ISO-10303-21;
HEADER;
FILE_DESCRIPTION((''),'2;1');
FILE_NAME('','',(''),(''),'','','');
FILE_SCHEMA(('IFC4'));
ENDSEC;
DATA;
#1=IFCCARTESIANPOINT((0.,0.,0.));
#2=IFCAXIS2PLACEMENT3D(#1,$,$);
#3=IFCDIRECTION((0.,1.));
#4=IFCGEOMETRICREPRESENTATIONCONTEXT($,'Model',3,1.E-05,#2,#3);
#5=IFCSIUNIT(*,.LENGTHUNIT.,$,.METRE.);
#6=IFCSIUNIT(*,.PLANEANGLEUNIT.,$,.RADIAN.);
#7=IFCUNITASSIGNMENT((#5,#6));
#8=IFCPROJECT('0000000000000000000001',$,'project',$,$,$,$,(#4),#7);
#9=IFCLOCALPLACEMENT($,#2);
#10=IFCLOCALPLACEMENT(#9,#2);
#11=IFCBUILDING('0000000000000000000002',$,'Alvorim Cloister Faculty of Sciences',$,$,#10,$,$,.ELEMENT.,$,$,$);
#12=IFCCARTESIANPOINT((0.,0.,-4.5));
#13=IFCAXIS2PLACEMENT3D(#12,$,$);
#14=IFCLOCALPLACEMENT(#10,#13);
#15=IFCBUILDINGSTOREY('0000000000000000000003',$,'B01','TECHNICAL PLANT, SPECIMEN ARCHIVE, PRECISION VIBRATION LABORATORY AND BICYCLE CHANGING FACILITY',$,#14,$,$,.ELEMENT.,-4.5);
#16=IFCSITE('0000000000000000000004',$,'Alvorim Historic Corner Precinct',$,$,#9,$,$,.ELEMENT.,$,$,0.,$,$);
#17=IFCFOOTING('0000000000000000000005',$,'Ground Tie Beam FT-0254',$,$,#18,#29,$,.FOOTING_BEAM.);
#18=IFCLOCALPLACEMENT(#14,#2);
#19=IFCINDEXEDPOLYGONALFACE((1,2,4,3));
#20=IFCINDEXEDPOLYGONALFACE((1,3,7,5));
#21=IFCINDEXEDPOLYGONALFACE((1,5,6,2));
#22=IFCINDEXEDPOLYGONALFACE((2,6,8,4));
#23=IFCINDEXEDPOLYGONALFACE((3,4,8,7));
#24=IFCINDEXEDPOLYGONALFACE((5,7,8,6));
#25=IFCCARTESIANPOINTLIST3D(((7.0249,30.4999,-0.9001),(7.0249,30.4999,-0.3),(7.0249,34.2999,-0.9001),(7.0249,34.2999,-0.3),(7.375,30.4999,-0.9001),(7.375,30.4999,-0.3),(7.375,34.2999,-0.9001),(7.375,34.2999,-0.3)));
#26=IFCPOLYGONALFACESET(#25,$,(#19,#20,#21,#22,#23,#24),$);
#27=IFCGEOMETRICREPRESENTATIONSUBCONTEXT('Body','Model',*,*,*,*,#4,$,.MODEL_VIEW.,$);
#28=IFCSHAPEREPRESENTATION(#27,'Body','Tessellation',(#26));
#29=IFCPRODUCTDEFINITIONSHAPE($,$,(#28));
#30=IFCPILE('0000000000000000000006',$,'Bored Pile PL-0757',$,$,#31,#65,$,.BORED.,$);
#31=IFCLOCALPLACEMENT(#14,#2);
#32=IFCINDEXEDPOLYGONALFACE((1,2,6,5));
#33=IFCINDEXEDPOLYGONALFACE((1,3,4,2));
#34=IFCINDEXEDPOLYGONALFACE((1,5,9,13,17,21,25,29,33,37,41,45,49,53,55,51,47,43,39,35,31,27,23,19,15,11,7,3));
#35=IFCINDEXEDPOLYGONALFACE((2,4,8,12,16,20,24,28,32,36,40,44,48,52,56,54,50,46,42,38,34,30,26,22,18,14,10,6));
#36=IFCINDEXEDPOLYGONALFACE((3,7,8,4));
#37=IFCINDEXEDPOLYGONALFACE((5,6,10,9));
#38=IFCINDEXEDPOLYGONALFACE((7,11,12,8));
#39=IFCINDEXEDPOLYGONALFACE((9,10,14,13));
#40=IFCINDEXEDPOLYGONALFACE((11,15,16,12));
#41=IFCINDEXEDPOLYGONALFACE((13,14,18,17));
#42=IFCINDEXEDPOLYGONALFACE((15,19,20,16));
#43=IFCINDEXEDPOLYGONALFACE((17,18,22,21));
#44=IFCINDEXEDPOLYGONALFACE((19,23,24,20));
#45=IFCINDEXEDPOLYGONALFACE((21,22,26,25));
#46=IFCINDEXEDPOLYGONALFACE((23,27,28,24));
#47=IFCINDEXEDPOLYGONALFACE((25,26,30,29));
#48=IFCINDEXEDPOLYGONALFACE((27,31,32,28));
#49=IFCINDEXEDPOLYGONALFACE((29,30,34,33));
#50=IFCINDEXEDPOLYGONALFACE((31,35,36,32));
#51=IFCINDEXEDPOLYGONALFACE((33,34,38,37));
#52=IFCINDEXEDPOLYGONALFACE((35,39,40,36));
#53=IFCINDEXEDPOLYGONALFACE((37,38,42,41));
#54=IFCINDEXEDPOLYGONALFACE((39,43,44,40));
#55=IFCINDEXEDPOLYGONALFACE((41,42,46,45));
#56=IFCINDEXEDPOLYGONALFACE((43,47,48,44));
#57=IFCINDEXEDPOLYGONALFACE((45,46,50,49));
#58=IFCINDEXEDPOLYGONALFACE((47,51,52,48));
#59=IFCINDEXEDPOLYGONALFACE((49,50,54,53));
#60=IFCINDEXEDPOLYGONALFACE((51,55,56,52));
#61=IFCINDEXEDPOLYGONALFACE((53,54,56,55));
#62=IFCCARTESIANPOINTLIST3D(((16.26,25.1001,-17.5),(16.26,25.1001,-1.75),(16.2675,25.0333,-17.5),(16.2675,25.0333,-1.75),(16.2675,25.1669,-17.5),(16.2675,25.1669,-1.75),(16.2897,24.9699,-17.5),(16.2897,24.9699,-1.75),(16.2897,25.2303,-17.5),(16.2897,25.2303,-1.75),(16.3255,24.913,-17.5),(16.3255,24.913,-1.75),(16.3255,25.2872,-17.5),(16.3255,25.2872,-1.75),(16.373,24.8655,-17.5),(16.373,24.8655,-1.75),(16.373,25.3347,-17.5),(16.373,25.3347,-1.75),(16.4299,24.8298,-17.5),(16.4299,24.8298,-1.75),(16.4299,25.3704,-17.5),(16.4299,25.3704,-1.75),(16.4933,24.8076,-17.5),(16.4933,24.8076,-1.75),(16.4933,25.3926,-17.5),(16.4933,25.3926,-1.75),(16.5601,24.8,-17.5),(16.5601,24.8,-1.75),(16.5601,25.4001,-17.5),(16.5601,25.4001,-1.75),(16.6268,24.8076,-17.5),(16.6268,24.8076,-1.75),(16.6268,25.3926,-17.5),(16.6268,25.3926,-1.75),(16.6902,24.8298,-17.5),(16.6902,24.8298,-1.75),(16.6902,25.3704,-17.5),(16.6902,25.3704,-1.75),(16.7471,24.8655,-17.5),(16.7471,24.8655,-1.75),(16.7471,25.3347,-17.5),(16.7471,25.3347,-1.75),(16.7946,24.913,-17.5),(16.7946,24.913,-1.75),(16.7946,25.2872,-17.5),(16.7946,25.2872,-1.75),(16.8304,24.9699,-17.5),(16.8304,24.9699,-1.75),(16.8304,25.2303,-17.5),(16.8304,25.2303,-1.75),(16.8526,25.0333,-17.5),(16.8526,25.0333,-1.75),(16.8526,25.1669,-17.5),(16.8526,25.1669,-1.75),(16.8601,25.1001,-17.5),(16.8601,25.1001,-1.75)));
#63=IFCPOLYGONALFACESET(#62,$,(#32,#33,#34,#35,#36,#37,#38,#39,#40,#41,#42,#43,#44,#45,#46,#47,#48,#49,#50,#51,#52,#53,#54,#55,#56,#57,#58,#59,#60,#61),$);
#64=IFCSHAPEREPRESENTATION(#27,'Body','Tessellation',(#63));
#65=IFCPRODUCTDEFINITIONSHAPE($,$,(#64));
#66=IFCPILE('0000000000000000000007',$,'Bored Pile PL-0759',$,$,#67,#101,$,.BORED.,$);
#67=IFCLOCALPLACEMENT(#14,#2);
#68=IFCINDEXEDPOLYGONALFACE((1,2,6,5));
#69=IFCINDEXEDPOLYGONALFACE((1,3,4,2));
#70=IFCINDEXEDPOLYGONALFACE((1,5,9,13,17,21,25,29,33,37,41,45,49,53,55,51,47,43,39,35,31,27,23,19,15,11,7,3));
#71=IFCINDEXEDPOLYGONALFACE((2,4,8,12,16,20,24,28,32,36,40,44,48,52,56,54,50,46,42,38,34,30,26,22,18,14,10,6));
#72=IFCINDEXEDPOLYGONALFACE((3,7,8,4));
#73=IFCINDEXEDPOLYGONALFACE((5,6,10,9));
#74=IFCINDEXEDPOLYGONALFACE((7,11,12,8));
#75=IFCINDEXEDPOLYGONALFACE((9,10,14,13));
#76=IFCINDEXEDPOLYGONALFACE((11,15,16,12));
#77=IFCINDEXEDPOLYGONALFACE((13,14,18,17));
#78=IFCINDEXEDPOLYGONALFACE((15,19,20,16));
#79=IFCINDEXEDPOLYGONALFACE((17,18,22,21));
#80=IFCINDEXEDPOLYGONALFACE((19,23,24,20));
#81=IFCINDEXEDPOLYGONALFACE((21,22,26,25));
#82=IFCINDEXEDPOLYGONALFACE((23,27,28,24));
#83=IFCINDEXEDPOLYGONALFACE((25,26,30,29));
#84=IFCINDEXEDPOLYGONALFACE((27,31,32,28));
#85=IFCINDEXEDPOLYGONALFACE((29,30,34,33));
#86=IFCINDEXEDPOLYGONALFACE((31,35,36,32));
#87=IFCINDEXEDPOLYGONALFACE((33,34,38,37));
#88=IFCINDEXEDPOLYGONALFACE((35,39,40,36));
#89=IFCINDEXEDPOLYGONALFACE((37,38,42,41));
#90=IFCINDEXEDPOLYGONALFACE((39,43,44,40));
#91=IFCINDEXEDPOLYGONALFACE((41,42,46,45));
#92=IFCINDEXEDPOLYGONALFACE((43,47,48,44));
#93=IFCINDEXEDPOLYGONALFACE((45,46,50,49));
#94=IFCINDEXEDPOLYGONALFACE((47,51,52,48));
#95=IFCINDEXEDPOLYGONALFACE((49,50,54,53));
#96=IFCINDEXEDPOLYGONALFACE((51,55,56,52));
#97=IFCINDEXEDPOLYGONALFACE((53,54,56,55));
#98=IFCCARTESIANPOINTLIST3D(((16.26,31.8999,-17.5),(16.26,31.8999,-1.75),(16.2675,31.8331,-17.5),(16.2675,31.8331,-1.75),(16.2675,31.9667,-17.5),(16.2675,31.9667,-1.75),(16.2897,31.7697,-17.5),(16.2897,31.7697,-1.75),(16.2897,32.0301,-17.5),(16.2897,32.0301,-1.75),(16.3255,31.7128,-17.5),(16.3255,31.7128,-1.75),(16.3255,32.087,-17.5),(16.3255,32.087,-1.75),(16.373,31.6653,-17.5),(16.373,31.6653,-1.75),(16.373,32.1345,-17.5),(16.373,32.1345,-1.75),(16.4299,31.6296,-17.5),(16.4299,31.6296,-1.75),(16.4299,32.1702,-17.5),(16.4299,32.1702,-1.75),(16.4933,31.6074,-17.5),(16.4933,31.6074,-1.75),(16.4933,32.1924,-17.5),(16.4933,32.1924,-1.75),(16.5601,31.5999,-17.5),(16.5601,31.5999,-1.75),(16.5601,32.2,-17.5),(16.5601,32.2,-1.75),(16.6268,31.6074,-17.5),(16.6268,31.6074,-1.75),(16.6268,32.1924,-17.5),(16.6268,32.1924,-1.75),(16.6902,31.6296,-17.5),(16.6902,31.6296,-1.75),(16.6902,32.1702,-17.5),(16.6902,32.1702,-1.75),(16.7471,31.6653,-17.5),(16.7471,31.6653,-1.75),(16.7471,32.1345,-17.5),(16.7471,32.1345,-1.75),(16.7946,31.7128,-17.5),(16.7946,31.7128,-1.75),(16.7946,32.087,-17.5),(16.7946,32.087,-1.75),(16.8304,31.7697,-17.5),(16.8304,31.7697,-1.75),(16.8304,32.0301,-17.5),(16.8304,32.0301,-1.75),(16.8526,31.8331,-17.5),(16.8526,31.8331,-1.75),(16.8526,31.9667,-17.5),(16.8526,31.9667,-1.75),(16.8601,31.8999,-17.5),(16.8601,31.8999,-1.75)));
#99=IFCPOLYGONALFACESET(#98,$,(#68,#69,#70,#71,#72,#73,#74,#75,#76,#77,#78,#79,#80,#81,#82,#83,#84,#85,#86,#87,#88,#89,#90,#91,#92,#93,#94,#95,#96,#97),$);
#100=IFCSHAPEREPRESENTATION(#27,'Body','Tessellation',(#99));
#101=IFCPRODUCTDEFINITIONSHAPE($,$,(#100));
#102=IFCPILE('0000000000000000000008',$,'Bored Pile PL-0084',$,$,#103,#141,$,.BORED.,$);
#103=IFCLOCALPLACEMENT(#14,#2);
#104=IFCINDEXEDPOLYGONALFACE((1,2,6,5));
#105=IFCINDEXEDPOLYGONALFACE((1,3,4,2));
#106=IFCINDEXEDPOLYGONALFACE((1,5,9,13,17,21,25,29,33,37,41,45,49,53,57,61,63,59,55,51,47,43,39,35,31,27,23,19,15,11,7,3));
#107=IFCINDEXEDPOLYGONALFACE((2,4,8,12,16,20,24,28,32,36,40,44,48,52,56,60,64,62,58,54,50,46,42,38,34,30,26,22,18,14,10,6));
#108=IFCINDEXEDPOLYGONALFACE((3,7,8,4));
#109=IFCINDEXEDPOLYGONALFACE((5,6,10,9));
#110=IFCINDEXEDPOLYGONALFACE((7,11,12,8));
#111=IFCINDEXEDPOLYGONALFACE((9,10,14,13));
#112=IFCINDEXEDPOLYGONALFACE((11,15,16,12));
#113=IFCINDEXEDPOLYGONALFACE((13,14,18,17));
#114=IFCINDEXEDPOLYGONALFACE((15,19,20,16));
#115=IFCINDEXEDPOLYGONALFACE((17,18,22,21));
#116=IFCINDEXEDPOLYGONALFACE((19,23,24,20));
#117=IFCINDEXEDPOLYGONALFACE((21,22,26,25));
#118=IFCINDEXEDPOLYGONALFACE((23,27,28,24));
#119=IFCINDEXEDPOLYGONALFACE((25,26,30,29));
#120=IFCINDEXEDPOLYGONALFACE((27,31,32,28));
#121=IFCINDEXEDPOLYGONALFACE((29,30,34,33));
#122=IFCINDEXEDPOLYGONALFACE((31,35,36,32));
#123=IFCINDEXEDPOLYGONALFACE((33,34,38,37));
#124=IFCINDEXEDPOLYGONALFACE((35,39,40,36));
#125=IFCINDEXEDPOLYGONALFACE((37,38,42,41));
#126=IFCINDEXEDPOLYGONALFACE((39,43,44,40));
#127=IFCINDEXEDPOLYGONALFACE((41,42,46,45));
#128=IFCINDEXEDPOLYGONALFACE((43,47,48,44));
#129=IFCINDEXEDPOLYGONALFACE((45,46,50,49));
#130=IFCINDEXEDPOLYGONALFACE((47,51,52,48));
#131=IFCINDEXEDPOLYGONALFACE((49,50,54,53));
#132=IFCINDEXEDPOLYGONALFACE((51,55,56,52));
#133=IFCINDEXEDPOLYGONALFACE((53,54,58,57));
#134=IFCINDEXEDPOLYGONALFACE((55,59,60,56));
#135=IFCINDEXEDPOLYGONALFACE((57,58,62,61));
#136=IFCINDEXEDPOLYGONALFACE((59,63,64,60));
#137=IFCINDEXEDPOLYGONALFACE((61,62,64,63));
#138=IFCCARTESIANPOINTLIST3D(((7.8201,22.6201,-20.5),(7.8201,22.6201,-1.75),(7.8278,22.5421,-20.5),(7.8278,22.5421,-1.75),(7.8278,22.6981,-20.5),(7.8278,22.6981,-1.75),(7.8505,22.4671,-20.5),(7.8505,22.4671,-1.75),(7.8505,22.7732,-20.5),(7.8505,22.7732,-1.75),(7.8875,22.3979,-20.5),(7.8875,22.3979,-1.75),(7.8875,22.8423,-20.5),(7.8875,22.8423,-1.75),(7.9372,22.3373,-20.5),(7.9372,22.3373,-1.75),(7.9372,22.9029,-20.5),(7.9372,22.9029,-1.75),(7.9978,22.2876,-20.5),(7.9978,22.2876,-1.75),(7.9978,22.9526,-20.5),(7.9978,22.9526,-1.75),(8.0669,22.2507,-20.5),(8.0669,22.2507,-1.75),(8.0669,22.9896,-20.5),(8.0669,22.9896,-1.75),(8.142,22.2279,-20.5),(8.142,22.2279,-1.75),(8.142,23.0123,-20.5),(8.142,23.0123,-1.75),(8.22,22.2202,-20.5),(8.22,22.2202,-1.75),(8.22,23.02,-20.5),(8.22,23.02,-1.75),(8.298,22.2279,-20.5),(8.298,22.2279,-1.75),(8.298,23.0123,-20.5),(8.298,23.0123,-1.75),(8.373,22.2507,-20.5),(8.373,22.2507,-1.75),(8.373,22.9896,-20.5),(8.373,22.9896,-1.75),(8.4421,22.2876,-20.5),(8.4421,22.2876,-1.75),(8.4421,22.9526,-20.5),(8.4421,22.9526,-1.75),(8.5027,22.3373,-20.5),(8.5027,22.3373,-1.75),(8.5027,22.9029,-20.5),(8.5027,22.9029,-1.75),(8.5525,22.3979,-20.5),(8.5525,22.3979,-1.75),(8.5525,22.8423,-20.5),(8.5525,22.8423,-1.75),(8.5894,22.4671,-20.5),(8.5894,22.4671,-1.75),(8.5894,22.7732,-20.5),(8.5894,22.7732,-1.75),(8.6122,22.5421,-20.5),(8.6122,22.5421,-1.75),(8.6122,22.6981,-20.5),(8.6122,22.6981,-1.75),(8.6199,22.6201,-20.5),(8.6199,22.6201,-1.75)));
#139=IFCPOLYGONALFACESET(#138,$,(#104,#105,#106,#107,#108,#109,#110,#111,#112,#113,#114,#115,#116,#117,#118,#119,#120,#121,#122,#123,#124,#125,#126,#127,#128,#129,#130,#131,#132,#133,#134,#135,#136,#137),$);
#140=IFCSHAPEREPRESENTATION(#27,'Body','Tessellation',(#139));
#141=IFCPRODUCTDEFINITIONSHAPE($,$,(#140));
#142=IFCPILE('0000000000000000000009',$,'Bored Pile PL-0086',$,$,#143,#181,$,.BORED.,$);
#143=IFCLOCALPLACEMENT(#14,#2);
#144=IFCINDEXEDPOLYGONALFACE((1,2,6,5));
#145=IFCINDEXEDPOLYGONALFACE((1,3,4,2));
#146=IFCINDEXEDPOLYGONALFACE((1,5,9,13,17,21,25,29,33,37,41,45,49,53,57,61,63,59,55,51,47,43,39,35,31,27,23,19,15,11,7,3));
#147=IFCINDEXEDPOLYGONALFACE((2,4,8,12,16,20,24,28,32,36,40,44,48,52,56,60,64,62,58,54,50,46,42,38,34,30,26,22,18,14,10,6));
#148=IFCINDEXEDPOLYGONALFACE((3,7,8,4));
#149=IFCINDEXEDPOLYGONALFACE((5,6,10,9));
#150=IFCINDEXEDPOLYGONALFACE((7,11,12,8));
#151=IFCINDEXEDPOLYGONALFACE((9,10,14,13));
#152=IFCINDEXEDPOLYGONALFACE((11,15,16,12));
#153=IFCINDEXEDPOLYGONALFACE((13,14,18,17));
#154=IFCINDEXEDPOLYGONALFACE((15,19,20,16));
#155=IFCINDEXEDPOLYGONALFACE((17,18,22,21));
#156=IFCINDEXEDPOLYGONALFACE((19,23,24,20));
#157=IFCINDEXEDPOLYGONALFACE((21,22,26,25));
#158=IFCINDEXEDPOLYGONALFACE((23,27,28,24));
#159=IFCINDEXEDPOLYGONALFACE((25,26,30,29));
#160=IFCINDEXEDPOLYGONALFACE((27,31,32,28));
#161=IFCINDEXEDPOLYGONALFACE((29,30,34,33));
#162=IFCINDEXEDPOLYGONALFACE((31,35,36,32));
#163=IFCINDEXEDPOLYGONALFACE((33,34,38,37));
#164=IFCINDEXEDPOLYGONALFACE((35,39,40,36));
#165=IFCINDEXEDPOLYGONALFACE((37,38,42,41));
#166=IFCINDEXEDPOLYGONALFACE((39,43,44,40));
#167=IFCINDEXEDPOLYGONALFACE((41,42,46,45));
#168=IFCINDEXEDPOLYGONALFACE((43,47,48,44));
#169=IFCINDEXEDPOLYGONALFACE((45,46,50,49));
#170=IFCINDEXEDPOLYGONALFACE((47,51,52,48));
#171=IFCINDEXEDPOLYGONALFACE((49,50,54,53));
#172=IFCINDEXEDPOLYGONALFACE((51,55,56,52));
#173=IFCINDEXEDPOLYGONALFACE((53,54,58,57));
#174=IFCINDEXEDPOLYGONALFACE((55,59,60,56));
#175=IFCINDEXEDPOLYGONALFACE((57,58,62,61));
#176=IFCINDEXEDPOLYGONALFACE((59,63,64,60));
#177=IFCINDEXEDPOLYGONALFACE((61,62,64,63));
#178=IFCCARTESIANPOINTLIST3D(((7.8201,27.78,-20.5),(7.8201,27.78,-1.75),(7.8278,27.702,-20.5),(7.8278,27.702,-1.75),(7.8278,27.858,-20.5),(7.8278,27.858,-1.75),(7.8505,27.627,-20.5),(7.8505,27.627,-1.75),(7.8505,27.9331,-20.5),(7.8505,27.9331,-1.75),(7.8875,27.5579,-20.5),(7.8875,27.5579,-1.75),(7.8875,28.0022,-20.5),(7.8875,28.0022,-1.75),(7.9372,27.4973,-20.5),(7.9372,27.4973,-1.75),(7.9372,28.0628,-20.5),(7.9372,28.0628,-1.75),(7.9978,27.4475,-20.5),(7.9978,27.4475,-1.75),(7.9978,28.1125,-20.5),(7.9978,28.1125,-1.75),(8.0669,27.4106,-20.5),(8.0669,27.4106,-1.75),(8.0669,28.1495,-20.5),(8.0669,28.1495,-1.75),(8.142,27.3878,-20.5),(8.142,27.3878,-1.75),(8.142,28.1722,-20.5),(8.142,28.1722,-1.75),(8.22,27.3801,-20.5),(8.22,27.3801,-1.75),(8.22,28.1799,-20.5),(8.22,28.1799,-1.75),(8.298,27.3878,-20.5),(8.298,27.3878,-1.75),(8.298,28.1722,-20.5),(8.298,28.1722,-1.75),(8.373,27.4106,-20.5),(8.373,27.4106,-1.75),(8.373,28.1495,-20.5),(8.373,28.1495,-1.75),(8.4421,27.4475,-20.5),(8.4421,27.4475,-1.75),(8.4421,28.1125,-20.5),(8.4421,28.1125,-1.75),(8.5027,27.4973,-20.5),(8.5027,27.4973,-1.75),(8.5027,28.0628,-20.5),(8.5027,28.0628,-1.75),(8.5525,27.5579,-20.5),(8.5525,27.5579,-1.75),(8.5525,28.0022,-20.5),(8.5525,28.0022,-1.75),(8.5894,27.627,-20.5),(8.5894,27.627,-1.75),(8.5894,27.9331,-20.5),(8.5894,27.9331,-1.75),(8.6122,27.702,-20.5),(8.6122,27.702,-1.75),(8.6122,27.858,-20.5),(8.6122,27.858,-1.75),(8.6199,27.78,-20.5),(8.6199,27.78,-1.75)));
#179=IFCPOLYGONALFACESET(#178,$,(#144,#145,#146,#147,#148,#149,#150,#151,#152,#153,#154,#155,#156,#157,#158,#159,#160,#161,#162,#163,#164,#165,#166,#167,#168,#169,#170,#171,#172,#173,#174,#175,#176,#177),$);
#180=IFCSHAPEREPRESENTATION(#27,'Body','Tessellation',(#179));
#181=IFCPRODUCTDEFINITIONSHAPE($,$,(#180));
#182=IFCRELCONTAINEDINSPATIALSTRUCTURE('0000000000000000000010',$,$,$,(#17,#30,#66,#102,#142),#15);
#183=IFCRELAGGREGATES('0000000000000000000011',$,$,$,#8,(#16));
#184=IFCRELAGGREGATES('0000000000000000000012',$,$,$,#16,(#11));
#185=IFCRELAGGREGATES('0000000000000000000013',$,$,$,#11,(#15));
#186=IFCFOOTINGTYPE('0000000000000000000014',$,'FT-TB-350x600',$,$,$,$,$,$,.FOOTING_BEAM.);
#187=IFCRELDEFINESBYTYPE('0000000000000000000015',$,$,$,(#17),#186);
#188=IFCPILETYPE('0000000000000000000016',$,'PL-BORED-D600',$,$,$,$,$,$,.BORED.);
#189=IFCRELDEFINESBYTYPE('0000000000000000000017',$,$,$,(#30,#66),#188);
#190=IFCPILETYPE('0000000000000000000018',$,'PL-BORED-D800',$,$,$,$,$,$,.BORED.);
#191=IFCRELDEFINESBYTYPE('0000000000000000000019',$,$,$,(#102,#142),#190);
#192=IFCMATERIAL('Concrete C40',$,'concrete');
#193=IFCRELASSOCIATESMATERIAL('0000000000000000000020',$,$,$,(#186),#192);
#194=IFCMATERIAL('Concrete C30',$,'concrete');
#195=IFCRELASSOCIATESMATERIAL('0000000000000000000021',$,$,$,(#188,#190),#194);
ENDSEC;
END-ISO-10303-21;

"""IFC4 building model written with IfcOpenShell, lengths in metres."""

from ifc_helpers import new_model, si_unit, direction, frame, origin, origin_2d, place, context, subcontext, project, spatial, rectangle, circle, extrude, material, material_profile, profile_set, type_object, element, save


model = new_model("IFC4")

# Units and contexts
model_context = context("Model", 3, precision=1e-05, world=origin(), true_north=direction((0.0, 1.0)))
body_context = subcontext(model_context, "Body", "Model", "MODEL_VIEW")
ifc_project = project(units=[si_unit("LENGTHUNIT", "METRE"), si_unit("PLANEANGLEUNIT", "RADIAN")], contexts=[model_context])

# Site, building, storey
site_placement = place(None, origin())
site = spatial("IfcSite", under=ifc_project, at=site_placement, Name="Alvorim Historic Corner Precinct", CompositionType="ELEMENT", RefElevation=0.0)
building_placement = place(site_placement, origin())
building = spatial("IfcBuilding", under=site, at=building_placement, Name="Alvorim Cloister Faculty of Sciences", CompositionType="ELEMENT")
storey_placement = place(building_placement, frame((0.0, 0.0, -4.5)))
storey = spatial("IfcBuildingStorey", under=building, at=storey_placement, Name="B01", Description="TECHNICAL PLANT, SPECIMEN ARCHIVE, PRECISION VIBRATION LABORATORY AND BICYCLE CHANGING FACILITY", CompositionType="ELEMENT", Elevation=-4.5)

# Footing
ifc_material_1 = material(Name="Concrete C40", Category="concrete")
footing_type = type_object("IfcFootingType", Name="FT-TB-350x600", PredefinedType="FOOTING_BEAM", material=ifc_material_1)
footing_placement = place(storey_placement, frame((7.2, 32.3999, -0.9001), z_axis=(0.0, 0.0, 1.0), x_axis=(1.0, 0.0, 0.0)))
element("IfcFooting", 1, at=footing_placement, inside=storey, type_object=footing_type, Name="Ground Tie Beam FT-0254", PredefinedType="FOOTING_BEAM", context=body_context, shape_type="SweptSolid", body=[
    extrude(rectangle(XDim=0.3501, YDim=3.8, at=origin_2d()), origin(), (0.0, 0.0, 1.0), 0.6001),
])

# Piles
ifc_material_2 = material(Name="Concrete C30", Category="concrete")
ifc_material_profile_1 = material_profile(ifc_material_2, circle(Radius=0.3, at=origin_2d()), Name="PILE-D600")
ifc_profile_set_1 = profile_set([ifc_material_profile_1], Name="Concrete C30")
pile_type_1 = type_object("IfcPileType", Name="PL-BORED-D600", PredefinedType="BORED", material=ifc_profile_set_1)
for number, where, z_axis, x_axis, name in (
    (2, (16.5601, 25.1001, -1.75), (0.0, 0.0, -1.0), (1.0, 0.0, 0.0), "Bored Pile PL-0757"),
    (3, (16.5601, 31.8999, -1.75), (0.0, 0.0, -1.0), (1.0, 0.0, 0.0), "Bored Pile PL-0759"),
):
    element("IfcPile", number, at=place(storey_placement, frame(where, z_axis=z_axis, x_axis=x_axis)), inside=storey, type_object=pile_type_1, Name=name, PredefinedType="BORED", context=body_context, shape_type="SweptSolid", body=[
        extrude(circle(Radius=0.3, at=origin_2d()), origin(), (0.0, 0.0, 1.0), 15.75),
    ])
ifc_material_profile_2 = material_profile(ifc_material_2, circle(Radius=0.3999, at=origin_2d()), Name="PILE-D800")
ifc_profile_set_2 = profile_set([ifc_material_profile_2], Name="Concrete C30")
pile_type_2 = type_object("IfcPileType", Name="PL-BORED-D800", PredefinedType="BORED", material=ifc_profile_set_2)
for number, where, z_axis, x_axis, name in (
    (4, (8.22, 22.6201, -1.75), (0.0, 0.0, -1.0), (1.0, 0.0, 0.0), "Bored Pile PL-0084"),
    (5, (8.22, 27.78, -1.75), (0.0, 0.0, -1.0), (1.0, 0.0, 0.0), "Bored Pile PL-0086"),
):
    element("IfcPile", number, at=place(storey_placement, frame(where, z_axis=z_axis, x_axis=x_axis)), inside=storey, type_object=pile_type_2, Name=name, PredefinedType="BORED", context=body_context, shape_type="SweptSolid", body=[
        extrude(circle(Radius=0.3999, at=origin_2d()), origin(), (0.0, 0.0, 1.0), 18.75),
    ])

save(model, "model.ifc")
